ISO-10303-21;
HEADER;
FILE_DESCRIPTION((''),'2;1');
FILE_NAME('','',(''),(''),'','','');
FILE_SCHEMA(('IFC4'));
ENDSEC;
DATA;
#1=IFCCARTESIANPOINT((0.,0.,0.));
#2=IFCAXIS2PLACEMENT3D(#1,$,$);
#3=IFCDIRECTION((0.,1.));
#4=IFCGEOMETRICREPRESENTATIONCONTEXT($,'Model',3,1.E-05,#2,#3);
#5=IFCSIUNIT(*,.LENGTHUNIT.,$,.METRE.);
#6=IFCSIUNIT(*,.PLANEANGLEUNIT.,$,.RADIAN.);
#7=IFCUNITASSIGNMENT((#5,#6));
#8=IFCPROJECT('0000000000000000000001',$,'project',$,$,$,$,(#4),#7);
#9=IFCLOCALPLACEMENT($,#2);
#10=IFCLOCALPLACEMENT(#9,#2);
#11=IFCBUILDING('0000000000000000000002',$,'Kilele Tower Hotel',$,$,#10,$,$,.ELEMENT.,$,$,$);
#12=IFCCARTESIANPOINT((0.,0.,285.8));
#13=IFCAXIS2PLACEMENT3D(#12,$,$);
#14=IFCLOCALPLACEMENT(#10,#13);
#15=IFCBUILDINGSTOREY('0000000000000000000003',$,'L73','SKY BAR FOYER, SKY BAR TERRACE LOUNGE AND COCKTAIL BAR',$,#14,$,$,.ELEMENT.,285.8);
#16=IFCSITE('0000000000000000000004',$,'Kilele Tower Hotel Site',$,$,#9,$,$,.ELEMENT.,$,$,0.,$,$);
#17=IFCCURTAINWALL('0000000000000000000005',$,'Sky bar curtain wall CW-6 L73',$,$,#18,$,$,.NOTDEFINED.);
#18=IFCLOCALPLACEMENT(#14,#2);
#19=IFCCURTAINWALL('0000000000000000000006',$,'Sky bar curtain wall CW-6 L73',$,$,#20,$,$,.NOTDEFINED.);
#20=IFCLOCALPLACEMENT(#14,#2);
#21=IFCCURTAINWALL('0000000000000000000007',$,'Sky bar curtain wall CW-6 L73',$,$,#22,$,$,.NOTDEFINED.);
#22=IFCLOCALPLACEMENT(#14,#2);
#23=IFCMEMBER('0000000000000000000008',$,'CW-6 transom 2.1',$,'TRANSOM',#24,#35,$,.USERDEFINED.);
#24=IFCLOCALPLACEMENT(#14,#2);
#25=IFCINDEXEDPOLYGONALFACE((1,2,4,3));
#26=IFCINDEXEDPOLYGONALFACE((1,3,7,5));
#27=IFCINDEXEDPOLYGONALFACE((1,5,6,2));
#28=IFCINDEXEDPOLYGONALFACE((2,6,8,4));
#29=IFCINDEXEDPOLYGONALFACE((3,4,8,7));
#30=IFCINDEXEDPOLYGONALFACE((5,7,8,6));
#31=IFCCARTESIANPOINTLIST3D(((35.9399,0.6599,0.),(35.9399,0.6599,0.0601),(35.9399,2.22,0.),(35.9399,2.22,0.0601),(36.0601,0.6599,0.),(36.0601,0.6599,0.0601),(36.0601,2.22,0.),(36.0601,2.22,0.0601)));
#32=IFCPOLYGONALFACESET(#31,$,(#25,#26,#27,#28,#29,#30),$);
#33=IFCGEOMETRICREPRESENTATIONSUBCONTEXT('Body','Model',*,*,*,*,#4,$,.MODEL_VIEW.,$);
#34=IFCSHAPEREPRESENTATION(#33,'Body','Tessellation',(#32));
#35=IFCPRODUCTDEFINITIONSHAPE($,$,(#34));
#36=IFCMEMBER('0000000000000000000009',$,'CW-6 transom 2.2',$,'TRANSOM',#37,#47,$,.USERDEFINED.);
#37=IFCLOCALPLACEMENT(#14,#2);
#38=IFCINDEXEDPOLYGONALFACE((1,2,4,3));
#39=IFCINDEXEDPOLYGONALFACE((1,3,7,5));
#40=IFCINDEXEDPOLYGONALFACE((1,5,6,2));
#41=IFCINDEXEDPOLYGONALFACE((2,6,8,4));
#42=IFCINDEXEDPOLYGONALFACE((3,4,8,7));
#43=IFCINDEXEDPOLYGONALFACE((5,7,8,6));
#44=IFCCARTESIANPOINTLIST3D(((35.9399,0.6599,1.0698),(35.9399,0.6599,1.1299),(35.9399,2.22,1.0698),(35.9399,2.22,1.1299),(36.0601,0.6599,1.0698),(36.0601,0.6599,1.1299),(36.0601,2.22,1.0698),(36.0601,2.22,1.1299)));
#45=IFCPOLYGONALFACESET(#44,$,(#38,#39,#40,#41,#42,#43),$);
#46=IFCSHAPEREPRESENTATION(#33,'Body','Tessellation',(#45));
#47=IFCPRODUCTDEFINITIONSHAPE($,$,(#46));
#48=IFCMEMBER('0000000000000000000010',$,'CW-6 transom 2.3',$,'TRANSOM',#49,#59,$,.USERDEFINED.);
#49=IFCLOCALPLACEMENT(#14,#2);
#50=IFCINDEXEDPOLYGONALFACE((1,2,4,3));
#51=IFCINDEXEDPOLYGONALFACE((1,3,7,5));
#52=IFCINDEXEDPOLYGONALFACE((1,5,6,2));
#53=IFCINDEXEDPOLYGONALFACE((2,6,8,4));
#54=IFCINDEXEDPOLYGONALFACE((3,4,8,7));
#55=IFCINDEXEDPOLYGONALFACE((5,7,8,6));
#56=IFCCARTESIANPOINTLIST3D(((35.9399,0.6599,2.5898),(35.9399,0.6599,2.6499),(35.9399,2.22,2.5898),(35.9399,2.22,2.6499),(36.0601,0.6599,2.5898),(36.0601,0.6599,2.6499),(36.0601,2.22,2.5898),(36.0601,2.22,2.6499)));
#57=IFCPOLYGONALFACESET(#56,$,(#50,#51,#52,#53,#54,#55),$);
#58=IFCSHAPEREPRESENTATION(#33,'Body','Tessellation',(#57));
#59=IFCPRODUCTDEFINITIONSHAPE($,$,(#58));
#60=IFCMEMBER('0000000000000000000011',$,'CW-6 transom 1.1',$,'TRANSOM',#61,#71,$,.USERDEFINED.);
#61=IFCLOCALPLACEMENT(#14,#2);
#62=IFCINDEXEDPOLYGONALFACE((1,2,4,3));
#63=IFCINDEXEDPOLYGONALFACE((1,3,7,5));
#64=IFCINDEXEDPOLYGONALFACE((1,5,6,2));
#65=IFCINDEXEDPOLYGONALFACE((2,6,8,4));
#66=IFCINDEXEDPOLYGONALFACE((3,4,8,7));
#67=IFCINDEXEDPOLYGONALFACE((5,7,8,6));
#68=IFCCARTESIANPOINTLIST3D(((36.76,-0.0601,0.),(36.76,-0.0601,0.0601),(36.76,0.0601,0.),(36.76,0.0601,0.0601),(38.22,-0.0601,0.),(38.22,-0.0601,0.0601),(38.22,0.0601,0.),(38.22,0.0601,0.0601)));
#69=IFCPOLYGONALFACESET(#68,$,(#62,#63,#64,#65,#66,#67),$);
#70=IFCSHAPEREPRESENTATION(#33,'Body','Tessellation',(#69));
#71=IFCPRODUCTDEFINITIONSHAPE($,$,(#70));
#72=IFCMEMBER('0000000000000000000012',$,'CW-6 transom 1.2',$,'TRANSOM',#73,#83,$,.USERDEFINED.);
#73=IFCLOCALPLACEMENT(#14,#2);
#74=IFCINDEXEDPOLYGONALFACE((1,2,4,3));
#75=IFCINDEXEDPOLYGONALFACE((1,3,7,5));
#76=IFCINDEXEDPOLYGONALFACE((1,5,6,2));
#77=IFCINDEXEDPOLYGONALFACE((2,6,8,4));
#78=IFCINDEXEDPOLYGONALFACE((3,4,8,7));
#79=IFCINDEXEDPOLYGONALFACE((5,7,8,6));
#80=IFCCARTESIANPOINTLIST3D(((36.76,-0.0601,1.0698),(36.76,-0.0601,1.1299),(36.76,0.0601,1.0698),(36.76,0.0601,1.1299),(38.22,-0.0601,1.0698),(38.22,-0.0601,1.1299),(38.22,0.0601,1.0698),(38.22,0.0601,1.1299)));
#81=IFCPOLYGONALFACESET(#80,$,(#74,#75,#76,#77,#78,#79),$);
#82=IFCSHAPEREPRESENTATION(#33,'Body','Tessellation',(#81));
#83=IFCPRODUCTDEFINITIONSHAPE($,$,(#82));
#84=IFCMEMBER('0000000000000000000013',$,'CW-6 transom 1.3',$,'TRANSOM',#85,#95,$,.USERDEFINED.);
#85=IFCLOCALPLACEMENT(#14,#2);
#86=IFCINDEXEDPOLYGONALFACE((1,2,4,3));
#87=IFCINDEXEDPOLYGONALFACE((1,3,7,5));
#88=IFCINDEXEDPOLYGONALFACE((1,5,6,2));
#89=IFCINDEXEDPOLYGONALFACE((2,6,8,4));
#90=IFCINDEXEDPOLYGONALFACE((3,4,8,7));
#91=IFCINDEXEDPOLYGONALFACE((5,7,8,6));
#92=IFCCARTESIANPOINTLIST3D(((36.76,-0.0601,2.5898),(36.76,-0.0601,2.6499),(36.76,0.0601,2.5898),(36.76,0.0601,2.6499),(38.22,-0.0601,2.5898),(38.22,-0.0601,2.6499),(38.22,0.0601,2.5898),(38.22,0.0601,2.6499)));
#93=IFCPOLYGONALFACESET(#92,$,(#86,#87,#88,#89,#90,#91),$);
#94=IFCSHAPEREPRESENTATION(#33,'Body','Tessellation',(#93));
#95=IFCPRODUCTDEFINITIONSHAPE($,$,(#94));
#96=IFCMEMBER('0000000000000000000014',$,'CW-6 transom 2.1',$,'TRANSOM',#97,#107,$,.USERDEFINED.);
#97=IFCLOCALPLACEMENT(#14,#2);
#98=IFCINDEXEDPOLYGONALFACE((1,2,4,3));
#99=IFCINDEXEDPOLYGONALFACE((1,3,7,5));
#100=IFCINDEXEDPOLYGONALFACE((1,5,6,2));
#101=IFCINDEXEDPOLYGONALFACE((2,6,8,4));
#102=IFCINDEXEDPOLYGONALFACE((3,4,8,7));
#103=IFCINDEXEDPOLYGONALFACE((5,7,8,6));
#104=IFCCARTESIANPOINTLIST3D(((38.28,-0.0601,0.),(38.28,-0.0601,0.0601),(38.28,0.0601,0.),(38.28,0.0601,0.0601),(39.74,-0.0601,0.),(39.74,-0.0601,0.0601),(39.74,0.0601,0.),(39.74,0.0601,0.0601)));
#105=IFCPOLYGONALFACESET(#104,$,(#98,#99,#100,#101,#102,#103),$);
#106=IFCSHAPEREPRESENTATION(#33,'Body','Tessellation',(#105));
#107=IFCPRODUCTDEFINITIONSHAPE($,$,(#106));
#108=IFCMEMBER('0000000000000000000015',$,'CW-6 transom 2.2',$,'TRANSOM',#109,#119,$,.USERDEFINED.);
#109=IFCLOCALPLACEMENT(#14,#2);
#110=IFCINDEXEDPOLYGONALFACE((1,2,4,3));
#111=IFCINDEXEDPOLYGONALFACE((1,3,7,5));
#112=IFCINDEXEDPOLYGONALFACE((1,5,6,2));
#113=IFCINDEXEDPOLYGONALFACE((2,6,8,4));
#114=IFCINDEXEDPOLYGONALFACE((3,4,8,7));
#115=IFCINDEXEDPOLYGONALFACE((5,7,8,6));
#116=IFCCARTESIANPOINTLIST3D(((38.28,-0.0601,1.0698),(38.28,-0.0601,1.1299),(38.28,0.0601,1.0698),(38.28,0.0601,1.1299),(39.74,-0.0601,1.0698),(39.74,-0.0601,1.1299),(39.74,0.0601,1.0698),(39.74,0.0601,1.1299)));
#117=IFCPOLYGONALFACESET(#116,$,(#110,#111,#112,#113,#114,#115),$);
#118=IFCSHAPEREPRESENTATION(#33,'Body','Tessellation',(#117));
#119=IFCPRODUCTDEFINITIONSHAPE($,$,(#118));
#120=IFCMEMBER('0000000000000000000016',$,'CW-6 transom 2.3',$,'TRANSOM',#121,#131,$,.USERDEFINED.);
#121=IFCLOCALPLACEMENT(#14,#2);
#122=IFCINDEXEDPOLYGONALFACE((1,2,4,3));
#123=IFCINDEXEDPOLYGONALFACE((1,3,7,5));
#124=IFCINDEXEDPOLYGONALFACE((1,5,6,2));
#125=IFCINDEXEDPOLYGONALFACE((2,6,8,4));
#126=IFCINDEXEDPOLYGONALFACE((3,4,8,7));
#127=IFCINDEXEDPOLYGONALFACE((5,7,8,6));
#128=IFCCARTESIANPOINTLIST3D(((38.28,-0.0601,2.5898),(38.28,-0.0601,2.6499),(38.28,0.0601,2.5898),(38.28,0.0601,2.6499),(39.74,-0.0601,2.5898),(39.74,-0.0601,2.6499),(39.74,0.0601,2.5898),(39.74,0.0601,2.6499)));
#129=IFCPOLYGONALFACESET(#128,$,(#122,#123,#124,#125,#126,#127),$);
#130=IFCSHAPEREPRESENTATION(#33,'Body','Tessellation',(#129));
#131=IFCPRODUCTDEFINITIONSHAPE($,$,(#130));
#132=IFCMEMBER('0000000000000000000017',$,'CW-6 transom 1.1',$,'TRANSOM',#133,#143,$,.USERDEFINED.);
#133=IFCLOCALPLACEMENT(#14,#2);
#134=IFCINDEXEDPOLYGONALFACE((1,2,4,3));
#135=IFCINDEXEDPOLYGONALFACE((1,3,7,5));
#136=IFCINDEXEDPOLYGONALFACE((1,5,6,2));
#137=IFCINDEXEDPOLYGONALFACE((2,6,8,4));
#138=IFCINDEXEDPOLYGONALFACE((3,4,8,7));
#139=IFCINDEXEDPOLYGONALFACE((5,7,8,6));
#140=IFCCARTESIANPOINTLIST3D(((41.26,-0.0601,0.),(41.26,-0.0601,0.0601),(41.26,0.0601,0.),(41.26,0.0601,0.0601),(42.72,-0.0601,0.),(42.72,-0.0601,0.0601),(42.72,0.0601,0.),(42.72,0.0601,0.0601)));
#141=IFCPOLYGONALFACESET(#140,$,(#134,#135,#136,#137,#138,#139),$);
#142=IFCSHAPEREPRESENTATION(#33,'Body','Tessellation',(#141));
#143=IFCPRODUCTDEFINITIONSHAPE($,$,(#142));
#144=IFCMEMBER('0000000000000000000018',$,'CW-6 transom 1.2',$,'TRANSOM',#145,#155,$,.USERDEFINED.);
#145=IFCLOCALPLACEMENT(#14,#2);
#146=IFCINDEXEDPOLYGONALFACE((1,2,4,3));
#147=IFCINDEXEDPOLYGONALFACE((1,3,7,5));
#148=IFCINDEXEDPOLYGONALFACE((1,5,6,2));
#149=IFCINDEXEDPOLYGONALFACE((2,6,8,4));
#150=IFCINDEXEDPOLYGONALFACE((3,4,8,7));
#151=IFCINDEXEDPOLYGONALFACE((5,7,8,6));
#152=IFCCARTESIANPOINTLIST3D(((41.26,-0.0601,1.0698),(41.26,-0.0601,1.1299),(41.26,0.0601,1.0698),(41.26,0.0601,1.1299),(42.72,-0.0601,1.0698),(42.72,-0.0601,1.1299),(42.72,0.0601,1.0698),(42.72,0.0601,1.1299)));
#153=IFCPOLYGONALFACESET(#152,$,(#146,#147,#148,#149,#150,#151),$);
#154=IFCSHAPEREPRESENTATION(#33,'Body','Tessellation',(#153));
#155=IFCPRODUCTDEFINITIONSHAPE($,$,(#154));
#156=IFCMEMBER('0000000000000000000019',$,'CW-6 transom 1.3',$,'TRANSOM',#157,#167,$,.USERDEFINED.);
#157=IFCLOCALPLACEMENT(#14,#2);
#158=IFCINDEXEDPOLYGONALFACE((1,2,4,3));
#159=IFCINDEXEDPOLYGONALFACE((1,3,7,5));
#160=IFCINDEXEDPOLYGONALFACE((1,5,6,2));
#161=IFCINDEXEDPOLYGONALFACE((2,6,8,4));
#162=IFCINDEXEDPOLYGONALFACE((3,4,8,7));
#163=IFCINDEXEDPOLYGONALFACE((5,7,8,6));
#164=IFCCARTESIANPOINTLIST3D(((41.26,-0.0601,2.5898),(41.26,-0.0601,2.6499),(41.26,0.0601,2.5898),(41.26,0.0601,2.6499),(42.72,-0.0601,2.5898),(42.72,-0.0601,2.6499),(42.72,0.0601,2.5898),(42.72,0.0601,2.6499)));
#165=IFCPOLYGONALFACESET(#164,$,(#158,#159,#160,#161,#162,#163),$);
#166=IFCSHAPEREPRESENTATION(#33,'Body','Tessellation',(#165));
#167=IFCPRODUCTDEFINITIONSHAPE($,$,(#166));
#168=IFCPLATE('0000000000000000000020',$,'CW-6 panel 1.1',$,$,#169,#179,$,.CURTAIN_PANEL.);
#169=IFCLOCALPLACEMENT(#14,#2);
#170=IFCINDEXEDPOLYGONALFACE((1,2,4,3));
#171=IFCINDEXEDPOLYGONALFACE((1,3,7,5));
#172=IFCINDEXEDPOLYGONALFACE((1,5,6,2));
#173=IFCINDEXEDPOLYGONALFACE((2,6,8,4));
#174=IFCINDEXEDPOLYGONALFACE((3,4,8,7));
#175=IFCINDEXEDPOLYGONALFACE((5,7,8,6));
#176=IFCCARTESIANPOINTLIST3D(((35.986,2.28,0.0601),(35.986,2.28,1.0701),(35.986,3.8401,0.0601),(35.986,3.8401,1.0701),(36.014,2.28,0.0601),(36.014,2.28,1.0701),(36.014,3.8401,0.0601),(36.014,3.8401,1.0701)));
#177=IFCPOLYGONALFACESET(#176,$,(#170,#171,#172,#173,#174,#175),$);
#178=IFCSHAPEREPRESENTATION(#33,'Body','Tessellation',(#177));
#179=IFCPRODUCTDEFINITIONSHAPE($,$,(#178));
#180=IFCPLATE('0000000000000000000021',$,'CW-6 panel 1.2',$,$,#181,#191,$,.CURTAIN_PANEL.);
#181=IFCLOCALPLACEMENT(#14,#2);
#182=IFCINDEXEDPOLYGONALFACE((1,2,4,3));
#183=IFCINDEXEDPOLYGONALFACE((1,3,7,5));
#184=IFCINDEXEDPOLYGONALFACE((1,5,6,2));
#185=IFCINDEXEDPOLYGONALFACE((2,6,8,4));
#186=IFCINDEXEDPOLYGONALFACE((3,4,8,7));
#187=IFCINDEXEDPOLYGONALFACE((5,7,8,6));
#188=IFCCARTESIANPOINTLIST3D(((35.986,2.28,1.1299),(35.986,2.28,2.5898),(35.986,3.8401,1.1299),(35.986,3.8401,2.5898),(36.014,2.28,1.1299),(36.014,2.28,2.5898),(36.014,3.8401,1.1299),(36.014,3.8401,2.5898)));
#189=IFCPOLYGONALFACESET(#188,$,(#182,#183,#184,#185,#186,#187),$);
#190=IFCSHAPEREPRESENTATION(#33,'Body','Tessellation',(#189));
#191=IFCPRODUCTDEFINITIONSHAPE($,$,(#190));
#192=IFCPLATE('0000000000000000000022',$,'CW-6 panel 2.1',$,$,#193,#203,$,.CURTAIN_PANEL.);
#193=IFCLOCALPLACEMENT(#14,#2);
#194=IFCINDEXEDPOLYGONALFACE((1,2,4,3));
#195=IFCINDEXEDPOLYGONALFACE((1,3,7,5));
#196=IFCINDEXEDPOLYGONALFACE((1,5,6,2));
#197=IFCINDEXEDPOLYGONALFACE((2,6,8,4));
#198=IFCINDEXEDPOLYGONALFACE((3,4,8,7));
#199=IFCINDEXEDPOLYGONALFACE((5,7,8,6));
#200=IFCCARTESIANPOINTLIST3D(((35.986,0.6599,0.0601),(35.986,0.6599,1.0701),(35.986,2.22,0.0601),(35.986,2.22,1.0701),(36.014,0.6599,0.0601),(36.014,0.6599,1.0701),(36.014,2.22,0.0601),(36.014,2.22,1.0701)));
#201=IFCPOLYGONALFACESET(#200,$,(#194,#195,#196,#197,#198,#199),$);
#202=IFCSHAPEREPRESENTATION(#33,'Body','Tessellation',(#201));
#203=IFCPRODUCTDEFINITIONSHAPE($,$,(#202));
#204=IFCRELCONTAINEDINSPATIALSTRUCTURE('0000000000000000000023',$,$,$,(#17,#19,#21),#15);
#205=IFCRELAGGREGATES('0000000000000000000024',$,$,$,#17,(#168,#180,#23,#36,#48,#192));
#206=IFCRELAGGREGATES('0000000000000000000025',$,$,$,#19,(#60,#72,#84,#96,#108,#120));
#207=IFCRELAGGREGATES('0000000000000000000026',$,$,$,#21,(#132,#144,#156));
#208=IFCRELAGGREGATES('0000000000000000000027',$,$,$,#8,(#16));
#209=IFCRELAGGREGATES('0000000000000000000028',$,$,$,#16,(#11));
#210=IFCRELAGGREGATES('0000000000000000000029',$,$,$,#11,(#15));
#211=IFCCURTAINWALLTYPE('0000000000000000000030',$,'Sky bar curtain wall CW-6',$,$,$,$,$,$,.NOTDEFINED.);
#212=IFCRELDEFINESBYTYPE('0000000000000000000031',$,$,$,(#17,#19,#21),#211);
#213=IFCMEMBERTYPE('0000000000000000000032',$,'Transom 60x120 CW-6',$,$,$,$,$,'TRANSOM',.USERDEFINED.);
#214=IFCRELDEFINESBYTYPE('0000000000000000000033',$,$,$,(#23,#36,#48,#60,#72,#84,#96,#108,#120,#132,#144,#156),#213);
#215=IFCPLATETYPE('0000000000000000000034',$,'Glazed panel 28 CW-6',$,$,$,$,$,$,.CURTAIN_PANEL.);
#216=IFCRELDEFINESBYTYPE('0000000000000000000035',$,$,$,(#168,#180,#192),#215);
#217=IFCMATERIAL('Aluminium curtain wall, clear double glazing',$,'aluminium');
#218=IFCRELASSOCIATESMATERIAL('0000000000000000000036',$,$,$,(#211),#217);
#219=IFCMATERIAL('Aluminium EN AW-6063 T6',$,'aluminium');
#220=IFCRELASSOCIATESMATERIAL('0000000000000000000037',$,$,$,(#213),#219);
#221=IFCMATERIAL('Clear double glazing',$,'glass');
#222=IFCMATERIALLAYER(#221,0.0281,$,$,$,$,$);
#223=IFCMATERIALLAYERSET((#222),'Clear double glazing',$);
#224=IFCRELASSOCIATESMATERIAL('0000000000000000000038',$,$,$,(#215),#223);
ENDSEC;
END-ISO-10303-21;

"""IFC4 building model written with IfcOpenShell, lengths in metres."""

from ifc_helpers import new_model, si_unit, direction, frame, origin, origin_2d, place, context, subcontext, project, spatial, rectangle, extrude, material, layer, layer_set, material_profile, profile_set, type_object, element, aggregate, save


model = new_model("IFC4")

# Units and contexts
model_context = context("Model", 3, precision=1e-05, world=origin(), true_north=direction((0.0, 1.0)))
body_context = subcontext(model_context, "Body", "Model", "MODEL_VIEW")
ifc_project = project(units=[si_unit("LENGTHUNIT", "METRE"), si_unit("PLANEANGLEUNIT", "RADIAN")], contexts=[model_context])

# Site, building, storey
site_placement = place(None, origin())
site = spatial("IfcSite", under=ifc_project, at=site_placement, Name="Kilele Tower Hotel Site", CompositionType="ELEMENT", RefElevation=0.0)
building_placement = place(site_placement, origin())
building = spatial("IfcBuilding", under=site, at=building_placement, Name="Kilele Tower Hotel", CompositionType="ELEMENT")
storey_placement = place(building_placement, frame((0.0, 0.0, 285.8)))
storey = spatial("IfcBuildingStorey", under=building, at=storey_placement, Name="L73", Description="SKY BAR FOYER, SKY BAR TERRACE LOUNGE AND COCKTAIL BAR", CompositionType="ELEMENT", Elevation=285.8)

# Curtain walls
ifc_material_1 = material(Name="Aluminium curtain wall, clear double glazing", Category="aluminium")
curtain_wall_type = type_object("IfcCurtainWallType", Name="Sky bar curtain wall CW-6", PredefinedType="NOTDEFINED", material=ifc_material_1)
curtain_wall_1_placement = place(storey_placement, origin())
curtain_wall_1 = element("IfcCurtainWall", 1, at=curtain_wall_1_placement, inside=storey, type_object=curtain_wall_type, Name="Sky bar curtain wall CW-6 L73", PredefinedType="NOTDEFINED")
curtain_wall_2_placement = place(storey_placement, origin())
curtain_wall_2 = element("IfcCurtainWall", 2, at=curtain_wall_2_placement, inside=storey, type_object=curtain_wall_type, Name="Sky bar curtain wall CW-6 L73", PredefinedType="NOTDEFINED")

# Curtain wall
curtain_wall_3_placement = place(storey_placement, origin())
curtain_wall_3 = element("IfcCurtainWall", 3, at=curtain_wall_3_placement, inside=storey, type_object=curtain_wall_type, Name="Sky bar curtain wall CW-6 L73", PredefinedType="NOTDEFINED")

# Members
ifc_material_2 = material(Name="Aluminium EN AW-6063 T6", Category="aluminium")
ifc_material_profile_1 = material_profile(ifc_material_2, rectangle(XDim=0.1201, YDim=0.0601, at=origin_2d()))
ifc_profile_set_1 = profile_set([ifc_material_profile_1], Name="Aluminium EN AW-6063 T6")
member_type_1 = type_object("IfcMemberType", Name="Transom 60x120 CW-6", ElementType="TRANSOM", PredefinedType="USERDEFINED", material=ifc_profile_set_1)
member_1_placement = place(storey_placement, frame((36.0, 2.22, 0.03), z_axis=(0.0, -1.0, 0.0), x_axis=(1.0, 0.0, 0.0)))
member_1 = element("IfcMember", 4, at=member_1_placement, type_object=member_type_1, Name="CW-6 transom 2.1", ObjectType="TRANSOM", PredefinedType="USERDEFINED", context=body_context, shape_type="SweptSolid", body=[
    extrude(rectangle(XDim=0.1201, YDim=0.0601, at=origin_2d()), origin(), (0.0, 0.0, 1.0), 1.5601),
])
member_2_placement = place(storey_placement, frame((36.0, 2.22, 1.0999), z_axis=(0.0, -1.0, 0.0), x_axis=(1.0, 0.0, 0.0)))
member_2 = element("IfcMember", 5, at=member_2_placement, type_object=member_type_1, Name="CW-6 transom 2.2", ObjectType="TRANSOM", PredefinedType="USERDEFINED", context=body_context, shape_type="SweptSolid", body=[
    extrude(rectangle(XDim=0.1201, YDim=0.0601, at=origin_2d()), origin(), (0.0, 0.0, 1.0), 1.5601),
])
member_3_placement = place(storey_placement, frame((36.0, 2.22, 2.6199), z_axis=(0.0, -1.0, 0.0), x_axis=(1.0, 0.0, 0.0)))
member_3 = element("IfcMember", 6, at=member_3_placement, type_object=member_type_1, Name="CW-6 transom 2.3", ObjectType="TRANSOM", PredefinedType="USERDEFINED", context=body_context, shape_type="SweptSolid", body=[
    extrude(rectangle(XDim=0.1201, YDim=0.0601, at=origin_2d()), origin(), (0.0, 0.0, 1.0), 1.5601),
])
member_4_placement = place(storey_placement, frame((36.76, 0.0, 0.03), z_axis=(1.0, 0.0, 0.0), x_axis=(0.0, 1.0, 0.0)))
member_4 = element("IfcMember", 7, at=member_4_placement, type_object=member_type_1, Name="CW-6 transom 1.1", ObjectType="TRANSOM", PredefinedType="USERDEFINED", context=body_context, shape_type="SweptSolid", body=[
    extrude(rectangle(XDim=0.1201, YDim=0.0601, at=origin_2d()), origin(), (0.0, 0.0, 1.0), 1.46),
])
member_5_placement = place(storey_placement, frame((36.76, 0.0, 1.0999), z_axis=(1.0, 0.0, 0.0), x_axis=(0.0, 1.0, 0.0)))
member_5 = element("IfcMember", 8, at=member_5_placement, type_object=member_type_1, Name="CW-6 transom 1.2", ObjectType="TRANSOM", PredefinedType="USERDEFINED", context=body_context, shape_type="SweptSolid", body=[
    extrude(rectangle(XDim=0.1201, YDim=0.0601, at=origin_2d()), origin(), (0.0, 0.0, 1.0), 1.46),
])
member_6_placement = place(storey_placement, frame((36.76, 0.0, 2.6199), z_axis=(1.0, 0.0, 0.0), x_axis=(0.0, 1.0, 0.0)))
member_6 = element("IfcMember", 9, at=member_6_placement, type_object=member_type_1, Name="CW-6 transom 1.3", ObjectType="TRANSOM", PredefinedType="USERDEFINED", context=body_context, shape_type="SweptSolid", body=[
    extrude(rectangle(XDim=0.1201, YDim=0.0601, at=origin_2d()), origin(), (0.0, 0.0, 1.0), 1.46),
])
member_7_placement = place(storey_placement, frame((38.28, 0.0, 0.03), z_axis=(1.0, 0.0, 0.0), x_axis=(0.0, 1.0, 0.0)))
member_7 = element("IfcMember", 10, at=member_7_placement, type_object=member_type_1, Name="CW-6 transom 2.1", ObjectType="TRANSOM", PredefinedType="USERDEFINED", context=body_context, shape_type="SweptSolid", body=[
    extrude(rectangle(XDim=0.1201, YDim=0.0601, at=origin_2d()), origin(), (0.0, 0.0, 1.0), 1.46),
])
member_8_placement = place(storey_placement, frame((38.28, 0.0, 1.0999), z_axis=(1.0, 0.0, 0.0), x_axis=(0.0, 1.0, 0.0)))
member_8 = element("IfcMember", 11, at=member_8_placement, type_object=member_type_1, Name="CW-6 transom 2.2", ObjectType="TRANSOM", PredefinedType="USERDEFINED", context=body_context, shape_type="SweptSolid", body=[
    extrude(rectangle(XDim=0.1201, YDim=0.0601, at=origin_2d()), origin(), (0.0, 0.0, 1.0), 1.46),
])
member_9_placement = place(storey_placement, frame((38.28, 0.0, 2.6199), z_axis=(1.0, 0.0, 0.0), x_axis=(0.0, 1.0, 0.0)))
member_9 = element("IfcMember", 12, at=member_9_placement, type_object=member_type_1, Name="CW-6 transom 2.3", ObjectType="TRANSOM", PredefinedType="USERDEFINED", context=body_context, shape_type="SweptSolid", body=[
    extrude(rectangle(XDim=0.1201, YDim=0.0601, at=origin_2d()), origin(), (0.0, 0.0, 1.0), 1.46),
])
member_10_placement = place(storey_placement, frame((41.26, 0.0, 0.03), z_axis=(1.0, 0.0, 0.0), x_axis=(0.0, 1.0, 0.0)))
member_10 = element("IfcMember", 13, at=member_10_placement, type_object=member_type_1, Name="CW-6 transom 1.1", ObjectType="TRANSOM", PredefinedType="USERDEFINED", context=body_context, shape_type="SweptSolid", body=[
    extrude(rectangle(XDim=0.1201, YDim=0.0601, at=origin_2d()), origin(), (0.0, 0.0, 1.0), 1.46),
])
member_11_placement = place(storey_placement, frame((41.26, 0.0, 1.0999), z_axis=(1.0, 0.0, 0.0), x_axis=(0.0, 1.0, 0.0)))
member_11 = element("IfcMember", 14, at=member_11_placement, type_object=member_type_1, Name="CW-6 transom 1.2", ObjectType="TRANSOM", PredefinedType="USERDEFINED", context=body_context, shape_type="SweptSolid", body=[
    extrude(rectangle(XDim=0.1201, YDim=0.0601, at=origin_2d()), origin(), (0.0, 0.0, 1.0), 1.46),
])
member_12_placement = place(storey_placement, frame((41.26, 0.0, 2.6199), z_axis=(1.0, 0.0, 0.0), x_axis=(0.0, 1.0, 0.0)))
member_12 = element("IfcMember", 15, at=member_12_placement, type_object=member_type_1, Name="CW-6 transom 1.3", ObjectType="TRANSOM", PredefinedType="USERDEFINED", context=body_context, shape_type="SweptSolid", body=[
    extrude(rectangle(XDim=0.1201, YDim=0.0601, at=origin_2d()), origin(), (0.0, 0.0, 1.0), 1.46),
])

# Plates
ifc_material_3 = material(Name="Clear double glazing", Category="glass")
ifc_layer = layer(ifc_material_3, 0.0281)
ifc_layer_set = layer_set([ifc_layer], Name="Clear double glazing")
plate_type = type_object("IfcPlateType", Name="Glazed panel 28 CW-6", PredefinedType="CURTAIN_PANEL", material=ifc_layer_set)
plate_1_placement = place(storey_placement, frame((36.0, 3.0601, 0.0601), z_axis=(0.0, 0.0, 1.0), x_axis=(0.0, -1.0, 0.0)))
plate_1 = element("IfcPlate", 16, at=plate_1_placement, type_object=plate_type, Name="CW-6 panel 1.1", PredefinedType="CURTAIN_PANEL", context=body_context, shape_type="SweptSolid", body=[
    extrude(rectangle(XDim=1.5601, YDim=0.0281, at=origin_2d()), origin(), (0.0, 0.0, 1.0), 1.01),
])
plate_2_placement = place(storey_placement, frame((36.0, 3.0601, 1.1299), z_axis=(0.0, 0.0, 1.0), x_axis=(0.0, -1.0, 0.0)))
plate_2 = element("IfcPlate", 17, at=plate_2_placement, type_object=plate_type, Name="CW-6 panel 1.2", PredefinedType="CURTAIN_PANEL", context=body_context, shape_type="SweptSolid", body=[
    extrude(rectangle(XDim=1.5601, YDim=0.0281, at=origin_2d()), origin(), (0.0, 0.0, 1.0), 1.46),
])
plate_3_placement = place(storey_placement, frame((36.0, 1.4399, 0.0601), z_axis=(0.0, 0.0, 1.0), x_axis=(0.0, -1.0, 0.0)))
plate_3 = element("IfcPlate", 18, at=plate_3_placement, type_object=plate_type, Name="CW-6 panel 2.1", PredefinedType="CURTAIN_PANEL", context=body_context, shape_type="SweptSolid", body=[
    extrude(rectangle(XDim=1.5601, YDim=0.0281, at=origin_2d()), origin(), (0.0, 0.0, 1.0), 1.01),
])
aggregate(curtain_wall_1, [plate_1, plate_2, member_1, member_2, member_3, plate_3])
aggregate(curtain_wall_2, [member_4, member_5, member_6, member_7, member_8, member_9])
aggregate(curtain_wall_3, [member_10, member_11, member_12])

save(model, "model.ifc")
